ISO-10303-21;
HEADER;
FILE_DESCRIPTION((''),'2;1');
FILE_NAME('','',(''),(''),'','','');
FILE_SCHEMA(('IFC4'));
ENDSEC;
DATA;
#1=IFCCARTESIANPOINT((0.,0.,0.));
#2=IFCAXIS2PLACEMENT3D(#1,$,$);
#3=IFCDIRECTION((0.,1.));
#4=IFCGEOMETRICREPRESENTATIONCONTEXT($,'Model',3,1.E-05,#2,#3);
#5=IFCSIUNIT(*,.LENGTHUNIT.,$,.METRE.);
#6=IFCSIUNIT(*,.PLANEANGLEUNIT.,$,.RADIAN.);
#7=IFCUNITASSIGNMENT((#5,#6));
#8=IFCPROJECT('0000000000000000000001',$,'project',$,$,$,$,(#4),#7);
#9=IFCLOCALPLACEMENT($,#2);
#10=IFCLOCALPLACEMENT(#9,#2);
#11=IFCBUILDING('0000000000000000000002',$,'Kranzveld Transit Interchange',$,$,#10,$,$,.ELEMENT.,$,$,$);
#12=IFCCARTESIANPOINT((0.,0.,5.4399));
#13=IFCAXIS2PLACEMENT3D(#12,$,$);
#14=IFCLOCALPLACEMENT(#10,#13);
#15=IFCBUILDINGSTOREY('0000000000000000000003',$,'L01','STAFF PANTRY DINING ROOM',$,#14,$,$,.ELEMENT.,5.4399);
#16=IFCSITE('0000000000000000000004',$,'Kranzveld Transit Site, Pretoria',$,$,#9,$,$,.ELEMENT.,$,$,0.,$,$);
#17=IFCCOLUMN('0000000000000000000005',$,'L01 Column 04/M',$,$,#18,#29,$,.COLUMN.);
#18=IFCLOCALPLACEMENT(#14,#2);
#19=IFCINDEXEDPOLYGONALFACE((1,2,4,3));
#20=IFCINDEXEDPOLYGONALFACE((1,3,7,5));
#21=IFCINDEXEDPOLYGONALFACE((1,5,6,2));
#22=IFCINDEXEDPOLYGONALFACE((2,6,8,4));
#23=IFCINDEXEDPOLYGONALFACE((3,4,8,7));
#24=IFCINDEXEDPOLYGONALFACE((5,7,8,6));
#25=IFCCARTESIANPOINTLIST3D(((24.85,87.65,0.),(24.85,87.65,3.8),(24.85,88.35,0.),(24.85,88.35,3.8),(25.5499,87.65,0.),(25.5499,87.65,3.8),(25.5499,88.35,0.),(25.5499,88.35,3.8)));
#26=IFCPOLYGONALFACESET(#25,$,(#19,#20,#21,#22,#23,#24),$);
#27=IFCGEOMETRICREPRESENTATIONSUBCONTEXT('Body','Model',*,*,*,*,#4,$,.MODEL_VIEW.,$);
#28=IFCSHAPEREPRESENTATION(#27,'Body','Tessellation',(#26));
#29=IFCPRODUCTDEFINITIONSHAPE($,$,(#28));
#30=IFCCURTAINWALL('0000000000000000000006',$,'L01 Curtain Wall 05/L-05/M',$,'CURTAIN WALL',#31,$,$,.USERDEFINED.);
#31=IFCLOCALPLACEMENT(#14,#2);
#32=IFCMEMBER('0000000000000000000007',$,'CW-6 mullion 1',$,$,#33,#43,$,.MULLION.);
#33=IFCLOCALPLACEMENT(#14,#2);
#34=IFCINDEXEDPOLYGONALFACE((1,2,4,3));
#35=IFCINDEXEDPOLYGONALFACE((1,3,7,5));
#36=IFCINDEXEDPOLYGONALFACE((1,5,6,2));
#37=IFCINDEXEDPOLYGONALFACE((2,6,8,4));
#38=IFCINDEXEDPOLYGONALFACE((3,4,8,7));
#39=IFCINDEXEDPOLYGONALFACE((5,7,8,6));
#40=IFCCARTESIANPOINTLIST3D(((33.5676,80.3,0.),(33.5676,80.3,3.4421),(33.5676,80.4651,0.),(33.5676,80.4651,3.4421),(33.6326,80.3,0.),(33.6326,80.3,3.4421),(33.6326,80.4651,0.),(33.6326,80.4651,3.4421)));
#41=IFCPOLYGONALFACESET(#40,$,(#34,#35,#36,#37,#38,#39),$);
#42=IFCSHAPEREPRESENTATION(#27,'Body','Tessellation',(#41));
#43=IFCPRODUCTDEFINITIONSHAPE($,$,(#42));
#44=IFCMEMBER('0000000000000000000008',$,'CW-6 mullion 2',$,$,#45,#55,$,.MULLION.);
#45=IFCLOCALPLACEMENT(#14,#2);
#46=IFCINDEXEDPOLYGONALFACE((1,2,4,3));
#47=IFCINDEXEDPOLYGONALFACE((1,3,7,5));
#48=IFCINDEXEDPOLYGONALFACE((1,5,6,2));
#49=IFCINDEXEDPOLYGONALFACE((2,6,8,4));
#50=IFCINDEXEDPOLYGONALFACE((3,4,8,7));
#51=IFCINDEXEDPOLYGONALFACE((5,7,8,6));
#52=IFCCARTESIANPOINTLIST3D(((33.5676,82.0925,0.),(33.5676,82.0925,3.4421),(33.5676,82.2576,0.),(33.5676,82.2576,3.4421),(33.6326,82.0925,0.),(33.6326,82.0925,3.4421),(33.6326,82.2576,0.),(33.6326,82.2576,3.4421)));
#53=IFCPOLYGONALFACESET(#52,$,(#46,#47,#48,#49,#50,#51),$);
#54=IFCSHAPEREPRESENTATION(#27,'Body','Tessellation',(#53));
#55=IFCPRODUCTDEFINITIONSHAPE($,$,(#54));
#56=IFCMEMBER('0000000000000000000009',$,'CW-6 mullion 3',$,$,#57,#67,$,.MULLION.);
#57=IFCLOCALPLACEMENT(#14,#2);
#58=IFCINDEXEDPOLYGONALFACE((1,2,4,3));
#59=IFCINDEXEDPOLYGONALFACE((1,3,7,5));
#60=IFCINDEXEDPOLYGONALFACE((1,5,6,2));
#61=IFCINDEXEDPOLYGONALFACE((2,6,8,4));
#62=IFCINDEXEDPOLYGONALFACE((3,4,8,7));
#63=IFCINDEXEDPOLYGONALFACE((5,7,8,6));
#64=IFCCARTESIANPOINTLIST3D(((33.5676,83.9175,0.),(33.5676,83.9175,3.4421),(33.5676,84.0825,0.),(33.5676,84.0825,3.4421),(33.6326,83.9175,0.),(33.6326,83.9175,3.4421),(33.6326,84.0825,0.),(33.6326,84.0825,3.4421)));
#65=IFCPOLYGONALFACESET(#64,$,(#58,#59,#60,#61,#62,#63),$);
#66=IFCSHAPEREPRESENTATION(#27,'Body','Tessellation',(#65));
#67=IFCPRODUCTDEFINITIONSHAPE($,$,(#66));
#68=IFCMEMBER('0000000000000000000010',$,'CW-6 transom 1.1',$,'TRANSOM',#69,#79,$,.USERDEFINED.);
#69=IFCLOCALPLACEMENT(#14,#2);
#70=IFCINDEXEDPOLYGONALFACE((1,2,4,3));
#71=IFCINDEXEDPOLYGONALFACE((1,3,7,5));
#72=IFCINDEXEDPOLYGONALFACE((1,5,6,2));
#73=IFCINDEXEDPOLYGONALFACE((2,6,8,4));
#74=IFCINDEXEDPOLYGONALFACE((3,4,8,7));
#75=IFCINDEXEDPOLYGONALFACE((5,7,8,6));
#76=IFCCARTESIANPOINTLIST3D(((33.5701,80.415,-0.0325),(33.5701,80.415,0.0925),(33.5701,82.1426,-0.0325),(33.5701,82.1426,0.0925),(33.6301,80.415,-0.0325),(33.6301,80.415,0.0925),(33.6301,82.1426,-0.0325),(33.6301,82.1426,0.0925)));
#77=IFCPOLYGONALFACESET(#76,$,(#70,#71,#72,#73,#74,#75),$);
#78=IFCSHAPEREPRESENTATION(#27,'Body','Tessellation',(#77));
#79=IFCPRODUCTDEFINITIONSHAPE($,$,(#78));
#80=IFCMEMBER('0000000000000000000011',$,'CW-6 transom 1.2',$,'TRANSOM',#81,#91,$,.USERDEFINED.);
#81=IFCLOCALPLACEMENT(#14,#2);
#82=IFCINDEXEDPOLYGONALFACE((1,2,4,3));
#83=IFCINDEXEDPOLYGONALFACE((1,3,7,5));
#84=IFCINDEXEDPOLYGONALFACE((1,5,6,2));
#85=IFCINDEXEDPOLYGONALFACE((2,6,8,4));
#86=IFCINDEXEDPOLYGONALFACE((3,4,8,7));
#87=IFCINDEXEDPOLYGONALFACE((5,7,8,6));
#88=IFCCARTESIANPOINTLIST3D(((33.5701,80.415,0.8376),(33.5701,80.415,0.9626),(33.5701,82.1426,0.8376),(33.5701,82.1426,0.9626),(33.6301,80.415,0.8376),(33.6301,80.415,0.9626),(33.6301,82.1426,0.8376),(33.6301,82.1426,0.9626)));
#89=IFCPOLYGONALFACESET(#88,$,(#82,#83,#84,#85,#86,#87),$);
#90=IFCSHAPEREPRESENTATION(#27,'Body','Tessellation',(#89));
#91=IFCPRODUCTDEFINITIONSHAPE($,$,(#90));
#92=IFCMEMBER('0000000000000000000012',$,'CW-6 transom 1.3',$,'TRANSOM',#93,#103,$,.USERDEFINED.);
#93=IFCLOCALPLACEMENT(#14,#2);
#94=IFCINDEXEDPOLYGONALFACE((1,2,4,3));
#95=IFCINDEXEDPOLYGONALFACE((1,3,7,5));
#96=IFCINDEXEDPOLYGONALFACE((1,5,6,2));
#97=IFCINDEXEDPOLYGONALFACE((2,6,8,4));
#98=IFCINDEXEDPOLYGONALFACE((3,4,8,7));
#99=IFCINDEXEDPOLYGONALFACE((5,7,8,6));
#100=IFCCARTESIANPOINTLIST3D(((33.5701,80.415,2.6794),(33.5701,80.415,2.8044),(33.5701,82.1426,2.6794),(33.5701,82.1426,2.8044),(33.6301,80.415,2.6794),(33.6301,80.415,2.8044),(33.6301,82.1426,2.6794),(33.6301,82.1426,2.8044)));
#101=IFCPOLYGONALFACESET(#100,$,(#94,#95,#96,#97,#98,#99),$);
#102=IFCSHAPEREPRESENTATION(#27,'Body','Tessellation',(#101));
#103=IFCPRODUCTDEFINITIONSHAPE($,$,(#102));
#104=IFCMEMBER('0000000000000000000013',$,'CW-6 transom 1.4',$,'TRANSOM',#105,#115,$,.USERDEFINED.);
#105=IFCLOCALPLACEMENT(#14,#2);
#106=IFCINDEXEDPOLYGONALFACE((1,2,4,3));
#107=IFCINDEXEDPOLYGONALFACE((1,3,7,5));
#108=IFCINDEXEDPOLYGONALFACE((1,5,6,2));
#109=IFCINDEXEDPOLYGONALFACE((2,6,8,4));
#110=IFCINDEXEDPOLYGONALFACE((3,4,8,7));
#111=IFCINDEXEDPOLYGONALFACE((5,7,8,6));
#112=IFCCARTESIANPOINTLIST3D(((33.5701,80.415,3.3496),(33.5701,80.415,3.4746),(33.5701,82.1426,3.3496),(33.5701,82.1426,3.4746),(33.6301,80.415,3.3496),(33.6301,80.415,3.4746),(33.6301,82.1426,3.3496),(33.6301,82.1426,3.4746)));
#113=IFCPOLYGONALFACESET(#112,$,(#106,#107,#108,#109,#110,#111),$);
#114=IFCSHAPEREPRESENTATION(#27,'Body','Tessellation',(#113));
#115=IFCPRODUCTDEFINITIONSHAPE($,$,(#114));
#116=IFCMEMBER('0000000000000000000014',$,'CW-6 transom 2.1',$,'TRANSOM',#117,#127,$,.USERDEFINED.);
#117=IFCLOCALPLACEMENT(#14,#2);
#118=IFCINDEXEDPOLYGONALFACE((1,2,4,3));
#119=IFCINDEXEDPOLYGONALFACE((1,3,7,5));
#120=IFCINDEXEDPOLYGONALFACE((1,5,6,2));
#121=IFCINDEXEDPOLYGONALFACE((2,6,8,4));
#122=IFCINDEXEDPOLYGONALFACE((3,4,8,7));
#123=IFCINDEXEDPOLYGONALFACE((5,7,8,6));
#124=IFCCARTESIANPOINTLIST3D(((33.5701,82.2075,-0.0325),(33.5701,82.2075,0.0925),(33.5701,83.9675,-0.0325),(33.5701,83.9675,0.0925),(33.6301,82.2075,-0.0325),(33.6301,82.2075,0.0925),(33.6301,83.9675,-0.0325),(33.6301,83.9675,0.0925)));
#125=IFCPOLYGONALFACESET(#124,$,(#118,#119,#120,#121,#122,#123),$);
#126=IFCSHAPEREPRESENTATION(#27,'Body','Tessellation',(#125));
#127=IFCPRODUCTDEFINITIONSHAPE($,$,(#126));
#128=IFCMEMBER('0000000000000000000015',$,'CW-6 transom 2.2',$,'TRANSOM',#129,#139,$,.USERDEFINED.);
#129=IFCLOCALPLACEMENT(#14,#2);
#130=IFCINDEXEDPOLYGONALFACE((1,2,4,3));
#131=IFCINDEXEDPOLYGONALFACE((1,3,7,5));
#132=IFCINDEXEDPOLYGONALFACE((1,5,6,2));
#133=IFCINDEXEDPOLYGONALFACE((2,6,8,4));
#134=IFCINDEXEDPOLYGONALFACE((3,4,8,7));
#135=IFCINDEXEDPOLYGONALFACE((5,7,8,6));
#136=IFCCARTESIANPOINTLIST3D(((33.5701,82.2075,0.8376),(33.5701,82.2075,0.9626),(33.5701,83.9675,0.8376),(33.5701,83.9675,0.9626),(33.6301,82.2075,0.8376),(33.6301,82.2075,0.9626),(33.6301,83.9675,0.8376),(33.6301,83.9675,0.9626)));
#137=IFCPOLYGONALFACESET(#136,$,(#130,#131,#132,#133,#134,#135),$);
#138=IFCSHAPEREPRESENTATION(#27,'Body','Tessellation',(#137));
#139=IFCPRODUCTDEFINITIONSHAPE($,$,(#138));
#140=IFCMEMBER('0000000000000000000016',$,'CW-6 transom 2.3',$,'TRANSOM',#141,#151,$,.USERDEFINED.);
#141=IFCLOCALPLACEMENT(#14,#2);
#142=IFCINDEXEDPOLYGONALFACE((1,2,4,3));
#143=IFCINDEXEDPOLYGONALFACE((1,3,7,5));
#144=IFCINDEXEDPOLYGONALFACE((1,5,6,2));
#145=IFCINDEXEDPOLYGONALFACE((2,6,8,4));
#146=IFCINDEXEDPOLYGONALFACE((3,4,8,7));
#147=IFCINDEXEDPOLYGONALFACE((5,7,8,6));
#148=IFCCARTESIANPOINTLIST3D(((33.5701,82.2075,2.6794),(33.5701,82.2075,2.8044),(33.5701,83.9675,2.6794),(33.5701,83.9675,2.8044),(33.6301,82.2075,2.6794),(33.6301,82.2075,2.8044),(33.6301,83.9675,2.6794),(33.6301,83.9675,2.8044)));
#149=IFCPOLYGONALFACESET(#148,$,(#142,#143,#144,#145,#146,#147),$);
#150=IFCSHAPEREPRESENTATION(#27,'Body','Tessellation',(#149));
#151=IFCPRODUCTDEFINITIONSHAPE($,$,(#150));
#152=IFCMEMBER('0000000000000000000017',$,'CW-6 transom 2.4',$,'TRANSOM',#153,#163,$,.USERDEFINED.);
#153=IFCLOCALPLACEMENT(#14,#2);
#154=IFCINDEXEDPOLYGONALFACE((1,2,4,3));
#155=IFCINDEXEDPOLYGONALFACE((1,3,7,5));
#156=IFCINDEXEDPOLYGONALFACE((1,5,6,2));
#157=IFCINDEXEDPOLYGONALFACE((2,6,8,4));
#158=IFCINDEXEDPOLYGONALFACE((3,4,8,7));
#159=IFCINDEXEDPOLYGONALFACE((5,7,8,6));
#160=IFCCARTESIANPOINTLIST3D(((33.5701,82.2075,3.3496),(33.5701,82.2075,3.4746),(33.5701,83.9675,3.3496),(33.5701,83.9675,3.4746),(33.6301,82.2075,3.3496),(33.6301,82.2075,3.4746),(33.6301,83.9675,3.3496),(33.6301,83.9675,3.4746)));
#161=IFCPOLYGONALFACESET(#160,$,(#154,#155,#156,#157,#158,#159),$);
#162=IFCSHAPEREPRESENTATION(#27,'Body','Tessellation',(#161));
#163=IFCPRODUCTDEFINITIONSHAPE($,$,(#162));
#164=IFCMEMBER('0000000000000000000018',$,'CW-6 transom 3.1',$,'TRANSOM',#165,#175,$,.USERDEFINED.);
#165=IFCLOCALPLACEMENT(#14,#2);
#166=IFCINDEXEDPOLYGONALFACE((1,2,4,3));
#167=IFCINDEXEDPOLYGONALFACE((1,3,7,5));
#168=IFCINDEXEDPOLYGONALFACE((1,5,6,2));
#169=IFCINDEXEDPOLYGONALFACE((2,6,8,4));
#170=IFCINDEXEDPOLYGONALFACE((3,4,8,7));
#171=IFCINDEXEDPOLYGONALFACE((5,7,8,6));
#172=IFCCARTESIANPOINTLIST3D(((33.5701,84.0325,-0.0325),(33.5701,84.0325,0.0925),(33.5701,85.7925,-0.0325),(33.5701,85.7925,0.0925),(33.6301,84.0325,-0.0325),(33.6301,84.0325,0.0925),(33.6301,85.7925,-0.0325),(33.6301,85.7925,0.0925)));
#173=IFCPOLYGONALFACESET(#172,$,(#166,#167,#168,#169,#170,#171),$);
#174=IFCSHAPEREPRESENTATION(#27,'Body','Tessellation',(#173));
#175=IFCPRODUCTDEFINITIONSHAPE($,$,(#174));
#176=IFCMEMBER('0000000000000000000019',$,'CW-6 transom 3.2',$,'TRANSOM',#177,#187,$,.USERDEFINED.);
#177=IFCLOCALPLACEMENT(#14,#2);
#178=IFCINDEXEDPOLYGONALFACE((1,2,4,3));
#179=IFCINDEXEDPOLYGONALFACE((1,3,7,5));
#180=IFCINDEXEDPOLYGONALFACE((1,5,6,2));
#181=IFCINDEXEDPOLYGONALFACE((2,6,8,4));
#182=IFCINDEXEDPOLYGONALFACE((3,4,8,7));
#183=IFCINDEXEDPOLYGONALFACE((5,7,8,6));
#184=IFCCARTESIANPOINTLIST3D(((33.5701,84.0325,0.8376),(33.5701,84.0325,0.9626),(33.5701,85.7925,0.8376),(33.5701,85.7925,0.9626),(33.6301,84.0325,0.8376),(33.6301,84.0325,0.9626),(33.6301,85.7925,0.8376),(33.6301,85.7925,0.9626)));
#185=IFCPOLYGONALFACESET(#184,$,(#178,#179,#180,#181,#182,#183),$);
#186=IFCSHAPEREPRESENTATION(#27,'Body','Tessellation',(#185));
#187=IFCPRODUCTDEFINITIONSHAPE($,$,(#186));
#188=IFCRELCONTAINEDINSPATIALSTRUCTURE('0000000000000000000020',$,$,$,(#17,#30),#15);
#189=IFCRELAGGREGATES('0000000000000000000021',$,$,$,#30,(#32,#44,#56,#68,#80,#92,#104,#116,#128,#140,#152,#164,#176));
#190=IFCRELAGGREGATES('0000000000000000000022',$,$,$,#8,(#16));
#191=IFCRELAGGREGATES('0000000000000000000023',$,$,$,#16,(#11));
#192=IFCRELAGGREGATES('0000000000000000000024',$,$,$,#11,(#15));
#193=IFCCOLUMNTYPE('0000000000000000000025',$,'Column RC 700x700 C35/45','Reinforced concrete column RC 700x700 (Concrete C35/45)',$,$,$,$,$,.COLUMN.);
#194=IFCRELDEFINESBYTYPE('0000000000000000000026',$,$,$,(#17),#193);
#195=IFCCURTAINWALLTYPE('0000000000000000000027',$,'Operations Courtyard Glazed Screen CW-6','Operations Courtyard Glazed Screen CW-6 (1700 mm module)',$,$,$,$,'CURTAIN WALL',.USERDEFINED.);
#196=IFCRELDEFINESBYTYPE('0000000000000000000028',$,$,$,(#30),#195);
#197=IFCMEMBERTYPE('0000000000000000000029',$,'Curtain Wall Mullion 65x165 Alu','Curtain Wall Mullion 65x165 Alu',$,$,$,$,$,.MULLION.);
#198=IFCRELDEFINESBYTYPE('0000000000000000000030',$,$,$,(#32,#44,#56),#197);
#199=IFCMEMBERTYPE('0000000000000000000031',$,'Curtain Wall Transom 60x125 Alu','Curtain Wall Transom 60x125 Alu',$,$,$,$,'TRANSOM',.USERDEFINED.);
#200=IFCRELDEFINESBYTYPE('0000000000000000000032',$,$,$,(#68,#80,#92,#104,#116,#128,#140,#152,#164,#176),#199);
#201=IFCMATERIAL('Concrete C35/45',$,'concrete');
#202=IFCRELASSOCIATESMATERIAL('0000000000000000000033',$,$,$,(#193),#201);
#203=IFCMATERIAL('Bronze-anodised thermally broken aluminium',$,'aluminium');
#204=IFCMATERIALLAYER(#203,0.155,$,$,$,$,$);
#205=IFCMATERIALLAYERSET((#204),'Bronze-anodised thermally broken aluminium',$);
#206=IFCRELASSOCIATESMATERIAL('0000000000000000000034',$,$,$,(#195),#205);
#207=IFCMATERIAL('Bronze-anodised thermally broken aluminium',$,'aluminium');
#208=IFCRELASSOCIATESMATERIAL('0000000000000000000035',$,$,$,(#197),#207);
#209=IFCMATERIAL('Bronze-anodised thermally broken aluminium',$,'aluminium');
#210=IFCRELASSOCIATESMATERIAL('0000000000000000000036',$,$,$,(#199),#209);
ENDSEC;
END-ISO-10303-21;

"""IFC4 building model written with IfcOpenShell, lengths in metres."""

from ifc_helpers import new_model, si_unit, direction, frame, origin, origin_2d, place, context, subcontext, project, spatial, rectangle, extrude, material, layer, layer_set, material_profile, profile_set, type_object, element, aggregate, save


model = new_model("IFC4")

# Units and contexts
model_context = context("Model", 3, precision=1e-05, world=origin(), true_north=direction((0.0, 1.0)))
body_context = subcontext(model_context, "Body", "Model", "MODEL_VIEW")
ifc_project = project(units=[si_unit("LENGTHUNIT", "METRE"), si_unit("PLANEANGLEUNIT", "RADIAN")], contexts=[model_context])

# Site, building, storey
site_placement = place(None, origin())
site = spatial("IfcSite", under=ifc_project, at=site_placement, Name="Kranzveld Transit Site, Pretoria", CompositionType="ELEMENT", RefElevation=0.0)
building_placement = place(site_placement, origin())
building = spatial("IfcBuilding", under=site, at=building_placement, Name="Kranzveld Transit Interchange", CompositionType="ELEMENT")
storey_placement = place(building_placement, frame((0.0, 0.0, 5.4399)))
storey = spatial("IfcBuildingStorey", under=building, at=storey_placement, Name="L01", Description="STAFF PANTRY DINING ROOM", CompositionType="ELEMENT", Elevation=5.4399)

# Column
ifc_material_1 = material(Name="Concrete C35/45", Category="concrete")
ifc_material_profile_1 = material_profile(ifc_material_1, rectangle(XDim=0.7, YDim=0.7, at=origin_2d()), Name="RC 700x700")
ifc_profile_set_1 = profile_set([ifc_material_profile_1], Name="Concrete C35/45")
column_type = type_object("IfcColumnType", Name="Column RC 700x700 C35/45", Description="Reinforced concrete column RC 700x700 (Concrete C35/45)", PredefinedType="COLUMN", material=ifc_profile_set_1)
column_placement = place(storey_placement, frame((25.2, 88.0, 0.0), z_axis=(0.0, 0.0, 1.0), x_axis=(1.0, 0.0, 0.0)))
element("IfcColumn", 1, at=column_placement, inside=storey, type_object=column_type, Name="L01 Column 04/M", PredefinedType="COLUMN", context=body_context, shape_type="SweptSolid", body=[
    extrude(rectangle(XDim=0.7, YDim=0.7, at=origin_2d()), origin(), (0.0, 0.0, 1.0), 3.8),
])

# Curtain wall, members
ifc_material_2 = material(Name="Bronze-anodised thermally broken aluminium", Category="aluminium")
ifc_layer_1 = layer(ifc_material_2, 0.155)
ifc_layer_set_1 = layer_set([ifc_layer_1], Name="Bronze-anodised thermally broken aluminium")
curtain_wall_type = type_object("IfcCurtainWallType", Name="Operations Courtyard Glazed Screen CW-6", Description="Operations Courtyard Glazed Screen CW-6 (1700 mm module)", ElementType="CURTAIN WALL", PredefinedType="USERDEFINED", material=ifc_layer_set_1)
curtain_wall_placement = place(storey_placement, origin())
curtain_wall = element("IfcCurtainWall", 2, at=curtain_wall_placement, inside=storey, type_object=curtain_wall_type, Name="L01 Curtain Wall 05/L-05/M", ObjectType="CURTAIN WALL", PredefinedType="USERDEFINED")
ifc_material_3 = material(Name="Bronze-anodised thermally broken aluminium", Category="aluminium")
ifc_material_profile_2 = material_profile(ifc_material_3, rectangle(XDim=0.0649, YDim=0.165, at=origin_2d()), Name="ALU MULLION 65x165")
ifc_profile_set_2 = profile_set([ifc_material_profile_2], Name="Bronze-anodised thermally broken aluminium")
member_type_1 = type_object("IfcMemberType", Name="Curtain Wall Mullion 65x165 Alu", Description="Curtain Wall Mullion 65x165 Alu", PredefinedType="MULLION", material=ifc_profile_set_2)
member_1_placement = place(storey_placement, frame((33.6001, 80.3826, 0.0), z_axis=(0.0, 0.0, 1.0), x_axis=(-1.0, 0.0, 0.0)))
member_1 = element("IfcMember", 3, at=member_1_placement, type_object=member_type_1, Name="CW-6 mullion 1", PredefinedType="MULLION", context=body_context, shape_type="SweptSolid", body=[
    extrude(rectangle(XDim=0.0649, YDim=0.165, at=origin_2d()), origin(), (0.0, 0.0, 1.0), 3.4421),
])
member_2_placement = place(storey_placement, frame((33.6001, 82.175, 0.0), z_axis=(0.0, 0.0, 1.0), x_axis=(-1.0, 0.0, 0.0)))
member_2 = element("IfcMember", 4, at=member_2_placement, type_object=member_type_1, Name="CW-6 mullion 2", PredefinedType="MULLION", context=body_context, shape_type="SweptSolid", body=[
    extrude(rectangle(XDim=0.0649, YDim=0.165, at=origin_2d()), origin(), (0.0, 0.0, 1.0), 3.4421),
])
member_3_placement = place(storey_placement, frame((33.6001, 84.0, 0.0), z_axis=(0.0, 0.0, 1.0), x_axis=(-1.0, 0.0, 0.0)))
member_3 = element("IfcMember", 5, at=member_3_placement, type_object=member_type_1, Name="CW-6 mullion 3", PredefinedType="MULLION", context=body_context, shape_type="SweptSolid", body=[
    extrude(rectangle(XDim=0.0649, YDim=0.165, at=origin_2d()), origin(), (0.0, 0.0, 1.0), 3.4421),
])
ifc_material_4 = material(Name="Bronze-anodised thermally broken aluminium", Category="aluminium")
ifc_material_profile_3 = material_profile(ifc_material_4, rectangle(XDim=0.0601, YDim=0.125, at=origin_2d()), Name="ALU TRANSOM 60x125")
ifc_profile_set_3 = profile_set([ifc_material_profile_3], Name="Bronze-anodised thermally broken aluminium")
member_type_2 = type_object("IfcMemberType", Name="Curtain Wall Transom 60x125 Alu", Description="Curtain Wall Transom 60x125 Alu", ElementType="TRANSOM", PredefinedType="USERDEFINED", material=ifc_profile_set_3)
member_4_placement = place(storey_placement, frame((33.6001, 80.415, 0.03), z_axis=(0.0, 1.0, 0.0), x_axis=(-1.0, 0.0, 0.0)))
member_4 = element("IfcMember", 6, at=member_4_placement, type_object=member_type_2, Name="CW-6 transom 1.1", ObjectType="TRANSOM", PredefinedType="USERDEFINED", context=body_context, shape_type="SweptSolid", body=[
    extrude(rectangle(XDim=0.0601, YDim=0.125, at=origin_2d()), origin(), (0.0, 0.0, 1.0), 1.7275),
])
member_5_placement = place(storey_placement, frame((33.6001, 80.415, 0.9001), z_axis=(0.0, 1.0, 0.0), x_axis=(-1.0, 0.0, 0.0)))
member_5 = element("IfcMember", 7, at=member_5_placement, type_object=member_type_2, Name="CW-6 transom 1.2", ObjectType="TRANSOM", PredefinedType="USERDEFINED", context=body_context, shape_type="SweptSolid", body=[
    extrude(rectangle(XDim=0.0601, YDim=0.125, at=origin_2d()), origin(), (0.0, 0.0, 1.0), 1.7275),
])
member_6_placement = place(storey_placement, frame((33.6001, 80.415, 2.7419), z_axis=(0.0, 1.0, 0.0), x_axis=(-1.0, 0.0, 0.0)))
member_6 = element("IfcMember", 8, at=member_6_placement, type_object=member_type_2, Name="CW-6 transom 1.3", ObjectType="TRANSOM", PredefinedType="USERDEFINED", context=body_context, shape_type="SweptSolid", body=[
    extrude(rectangle(XDim=0.0601, YDim=0.125, at=origin_2d()), origin(), (0.0, 0.0, 1.0), 1.7275),
])
member_7_placement = place(storey_placement, frame((33.6001, 80.415, 3.4121), z_axis=(0.0, 1.0, 0.0), x_axis=(-1.0, 0.0, 0.0)))
member_7 = element("IfcMember", 9, at=member_7_placement, type_object=member_type_2, Name="CW-6 transom 1.4", ObjectType="TRANSOM", PredefinedType="USERDEFINED", context=body_context, shape_type="SweptSolid", body=[
    extrude(rectangle(XDim=0.0601, YDim=0.125, at=origin_2d()), origin(), (0.0, 0.0, 1.0), 1.7275),
])
member_8_placement = place(storey_placement, frame((33.6001, 82.2075, 0.03), z_axis=(0.0, 1.0, 0.0), x_axis=(-1.0, 0.0, 0.0)))
member_8 = element("IfcMember", 10, at=member_8_placement, type_object=member_type_2, Name="CW-6 transom 2.1", ObjectType="TRANSOM", PredefinedType="USERDEFINED", context=body_context, shape_type="SweptSolid", body=[
    extrude(rectangle(XDim=0.0601, YDim=0.125, at=origin_2d()), origin(), (0.0, 0.0, 1.0), 1.76),
])
member_9_placement = place(storey_placement, frame((33.6001, 82.2075, 0.9001), z_axis=(0.0, 1.0, 0.0), x_axis=(-1.0, 0.0, 0.0)))
member_9 = element("IfcMember", 11, at=member_9_placement, type_object=member_type_2, Name="CW-6 transom 2.2", ObjectType="TRANSOM", PredefinedType="USERDEFINED", context=body_context, shape_type="SweptSolid", body=[
    extrude(rectangle(XDim=0.0601, YDim=0.125, at=origin_2d()), origin(), (0.0, 0.0, 1.0), 1.76),
])
member_10_placement = place(storey_placement, frame((33.6001, 82.2075, 2.7419), z_axis=(0.0, 1.0, 0.0), x_axis=(-1.0, 0.0, 0.0)))
member_10 = element("IfcMember", 12, at=member_10_placement, type_object=member_type_2, Name="CW-6 transom 2.3", ObjectType="TRANSOM", PredefinedType="USERDEFINED", context=body_context, shape_type="SweptSolid", body=[
    extrude(rectangle(XDim=0.0601, YDim=0.125, at=origin_2d()), origin(), (0.0, 0.0, 1.0), 1.76),
])
member_11_placement = place(storey_placement, frame((33.6001, 82.2075, 3.4121), z_axis=(0.0, 1.0, 0.0), x_axis=(-1.0, 0.0, 0.0)))
member_11 = element("IfcMember", 13, at=member_11_placement, type_object=member_type_2, Name="CW-6 transom 2.4", ObjectType="TRANSOM", PredefinedType="USERDEFINED", context=body_context, shape_type="SweptSolid", body=[
    extrude(rectangle(XDim=0.0601, YDim=0.125, at=origin_2d()), origin(), (0.0, 0.0, 1.0), 1.76),
])
member_12_placement = place(storey_placement, frame((33.6001, 84.0325, 0.03), z_axis=(0.0, 1.0, 0.0), x_axis=(-1.0, 0.0, 0.0)))
member_12 = element("IfcMember", 14, at=member_12_placement, type_object=member_type_2, Name="CW-6 transom 3.1", ObjectType="TRANSOM", PredefinedType="USERDEFINED", context=body_context, shape_type="SweptSolid", body=[
    extrude(rectangle(XDim=0.0601, YDim=0.125, at=origin_2d()), origin(), (0.0, 0.0, 1.0), 1.76),
])
member_13_placement = place(storey_placement, frame((33.6001, 84.0325, 0.9001), z_axis=(0.0, 1.0, 0.0), x_axis=(-1.0, 0.0, 0.0)))
member_13 = element("IfcMember", 15, at=member_13_placement, type_object=member_type_2, Name="CW-6 transom 3.2", ObjectType="TRANSOM", PredefinedType="USERDEFINED", context=body_context, shape_type="SweptSolid", body=[
    extrude(rectangle(XDim=0.0601, YDim=0.125, at=origin_2d()), origin(), (0.0, 0.0, 1.0), 1.76),
])

aggregate(curtain_wall, [member_1, member_2, member_3, member_4, member_5, member_6, member_7, member_8, member_9, member_10, member_11, member_12, member_13])

save(model, "model.ifc")
